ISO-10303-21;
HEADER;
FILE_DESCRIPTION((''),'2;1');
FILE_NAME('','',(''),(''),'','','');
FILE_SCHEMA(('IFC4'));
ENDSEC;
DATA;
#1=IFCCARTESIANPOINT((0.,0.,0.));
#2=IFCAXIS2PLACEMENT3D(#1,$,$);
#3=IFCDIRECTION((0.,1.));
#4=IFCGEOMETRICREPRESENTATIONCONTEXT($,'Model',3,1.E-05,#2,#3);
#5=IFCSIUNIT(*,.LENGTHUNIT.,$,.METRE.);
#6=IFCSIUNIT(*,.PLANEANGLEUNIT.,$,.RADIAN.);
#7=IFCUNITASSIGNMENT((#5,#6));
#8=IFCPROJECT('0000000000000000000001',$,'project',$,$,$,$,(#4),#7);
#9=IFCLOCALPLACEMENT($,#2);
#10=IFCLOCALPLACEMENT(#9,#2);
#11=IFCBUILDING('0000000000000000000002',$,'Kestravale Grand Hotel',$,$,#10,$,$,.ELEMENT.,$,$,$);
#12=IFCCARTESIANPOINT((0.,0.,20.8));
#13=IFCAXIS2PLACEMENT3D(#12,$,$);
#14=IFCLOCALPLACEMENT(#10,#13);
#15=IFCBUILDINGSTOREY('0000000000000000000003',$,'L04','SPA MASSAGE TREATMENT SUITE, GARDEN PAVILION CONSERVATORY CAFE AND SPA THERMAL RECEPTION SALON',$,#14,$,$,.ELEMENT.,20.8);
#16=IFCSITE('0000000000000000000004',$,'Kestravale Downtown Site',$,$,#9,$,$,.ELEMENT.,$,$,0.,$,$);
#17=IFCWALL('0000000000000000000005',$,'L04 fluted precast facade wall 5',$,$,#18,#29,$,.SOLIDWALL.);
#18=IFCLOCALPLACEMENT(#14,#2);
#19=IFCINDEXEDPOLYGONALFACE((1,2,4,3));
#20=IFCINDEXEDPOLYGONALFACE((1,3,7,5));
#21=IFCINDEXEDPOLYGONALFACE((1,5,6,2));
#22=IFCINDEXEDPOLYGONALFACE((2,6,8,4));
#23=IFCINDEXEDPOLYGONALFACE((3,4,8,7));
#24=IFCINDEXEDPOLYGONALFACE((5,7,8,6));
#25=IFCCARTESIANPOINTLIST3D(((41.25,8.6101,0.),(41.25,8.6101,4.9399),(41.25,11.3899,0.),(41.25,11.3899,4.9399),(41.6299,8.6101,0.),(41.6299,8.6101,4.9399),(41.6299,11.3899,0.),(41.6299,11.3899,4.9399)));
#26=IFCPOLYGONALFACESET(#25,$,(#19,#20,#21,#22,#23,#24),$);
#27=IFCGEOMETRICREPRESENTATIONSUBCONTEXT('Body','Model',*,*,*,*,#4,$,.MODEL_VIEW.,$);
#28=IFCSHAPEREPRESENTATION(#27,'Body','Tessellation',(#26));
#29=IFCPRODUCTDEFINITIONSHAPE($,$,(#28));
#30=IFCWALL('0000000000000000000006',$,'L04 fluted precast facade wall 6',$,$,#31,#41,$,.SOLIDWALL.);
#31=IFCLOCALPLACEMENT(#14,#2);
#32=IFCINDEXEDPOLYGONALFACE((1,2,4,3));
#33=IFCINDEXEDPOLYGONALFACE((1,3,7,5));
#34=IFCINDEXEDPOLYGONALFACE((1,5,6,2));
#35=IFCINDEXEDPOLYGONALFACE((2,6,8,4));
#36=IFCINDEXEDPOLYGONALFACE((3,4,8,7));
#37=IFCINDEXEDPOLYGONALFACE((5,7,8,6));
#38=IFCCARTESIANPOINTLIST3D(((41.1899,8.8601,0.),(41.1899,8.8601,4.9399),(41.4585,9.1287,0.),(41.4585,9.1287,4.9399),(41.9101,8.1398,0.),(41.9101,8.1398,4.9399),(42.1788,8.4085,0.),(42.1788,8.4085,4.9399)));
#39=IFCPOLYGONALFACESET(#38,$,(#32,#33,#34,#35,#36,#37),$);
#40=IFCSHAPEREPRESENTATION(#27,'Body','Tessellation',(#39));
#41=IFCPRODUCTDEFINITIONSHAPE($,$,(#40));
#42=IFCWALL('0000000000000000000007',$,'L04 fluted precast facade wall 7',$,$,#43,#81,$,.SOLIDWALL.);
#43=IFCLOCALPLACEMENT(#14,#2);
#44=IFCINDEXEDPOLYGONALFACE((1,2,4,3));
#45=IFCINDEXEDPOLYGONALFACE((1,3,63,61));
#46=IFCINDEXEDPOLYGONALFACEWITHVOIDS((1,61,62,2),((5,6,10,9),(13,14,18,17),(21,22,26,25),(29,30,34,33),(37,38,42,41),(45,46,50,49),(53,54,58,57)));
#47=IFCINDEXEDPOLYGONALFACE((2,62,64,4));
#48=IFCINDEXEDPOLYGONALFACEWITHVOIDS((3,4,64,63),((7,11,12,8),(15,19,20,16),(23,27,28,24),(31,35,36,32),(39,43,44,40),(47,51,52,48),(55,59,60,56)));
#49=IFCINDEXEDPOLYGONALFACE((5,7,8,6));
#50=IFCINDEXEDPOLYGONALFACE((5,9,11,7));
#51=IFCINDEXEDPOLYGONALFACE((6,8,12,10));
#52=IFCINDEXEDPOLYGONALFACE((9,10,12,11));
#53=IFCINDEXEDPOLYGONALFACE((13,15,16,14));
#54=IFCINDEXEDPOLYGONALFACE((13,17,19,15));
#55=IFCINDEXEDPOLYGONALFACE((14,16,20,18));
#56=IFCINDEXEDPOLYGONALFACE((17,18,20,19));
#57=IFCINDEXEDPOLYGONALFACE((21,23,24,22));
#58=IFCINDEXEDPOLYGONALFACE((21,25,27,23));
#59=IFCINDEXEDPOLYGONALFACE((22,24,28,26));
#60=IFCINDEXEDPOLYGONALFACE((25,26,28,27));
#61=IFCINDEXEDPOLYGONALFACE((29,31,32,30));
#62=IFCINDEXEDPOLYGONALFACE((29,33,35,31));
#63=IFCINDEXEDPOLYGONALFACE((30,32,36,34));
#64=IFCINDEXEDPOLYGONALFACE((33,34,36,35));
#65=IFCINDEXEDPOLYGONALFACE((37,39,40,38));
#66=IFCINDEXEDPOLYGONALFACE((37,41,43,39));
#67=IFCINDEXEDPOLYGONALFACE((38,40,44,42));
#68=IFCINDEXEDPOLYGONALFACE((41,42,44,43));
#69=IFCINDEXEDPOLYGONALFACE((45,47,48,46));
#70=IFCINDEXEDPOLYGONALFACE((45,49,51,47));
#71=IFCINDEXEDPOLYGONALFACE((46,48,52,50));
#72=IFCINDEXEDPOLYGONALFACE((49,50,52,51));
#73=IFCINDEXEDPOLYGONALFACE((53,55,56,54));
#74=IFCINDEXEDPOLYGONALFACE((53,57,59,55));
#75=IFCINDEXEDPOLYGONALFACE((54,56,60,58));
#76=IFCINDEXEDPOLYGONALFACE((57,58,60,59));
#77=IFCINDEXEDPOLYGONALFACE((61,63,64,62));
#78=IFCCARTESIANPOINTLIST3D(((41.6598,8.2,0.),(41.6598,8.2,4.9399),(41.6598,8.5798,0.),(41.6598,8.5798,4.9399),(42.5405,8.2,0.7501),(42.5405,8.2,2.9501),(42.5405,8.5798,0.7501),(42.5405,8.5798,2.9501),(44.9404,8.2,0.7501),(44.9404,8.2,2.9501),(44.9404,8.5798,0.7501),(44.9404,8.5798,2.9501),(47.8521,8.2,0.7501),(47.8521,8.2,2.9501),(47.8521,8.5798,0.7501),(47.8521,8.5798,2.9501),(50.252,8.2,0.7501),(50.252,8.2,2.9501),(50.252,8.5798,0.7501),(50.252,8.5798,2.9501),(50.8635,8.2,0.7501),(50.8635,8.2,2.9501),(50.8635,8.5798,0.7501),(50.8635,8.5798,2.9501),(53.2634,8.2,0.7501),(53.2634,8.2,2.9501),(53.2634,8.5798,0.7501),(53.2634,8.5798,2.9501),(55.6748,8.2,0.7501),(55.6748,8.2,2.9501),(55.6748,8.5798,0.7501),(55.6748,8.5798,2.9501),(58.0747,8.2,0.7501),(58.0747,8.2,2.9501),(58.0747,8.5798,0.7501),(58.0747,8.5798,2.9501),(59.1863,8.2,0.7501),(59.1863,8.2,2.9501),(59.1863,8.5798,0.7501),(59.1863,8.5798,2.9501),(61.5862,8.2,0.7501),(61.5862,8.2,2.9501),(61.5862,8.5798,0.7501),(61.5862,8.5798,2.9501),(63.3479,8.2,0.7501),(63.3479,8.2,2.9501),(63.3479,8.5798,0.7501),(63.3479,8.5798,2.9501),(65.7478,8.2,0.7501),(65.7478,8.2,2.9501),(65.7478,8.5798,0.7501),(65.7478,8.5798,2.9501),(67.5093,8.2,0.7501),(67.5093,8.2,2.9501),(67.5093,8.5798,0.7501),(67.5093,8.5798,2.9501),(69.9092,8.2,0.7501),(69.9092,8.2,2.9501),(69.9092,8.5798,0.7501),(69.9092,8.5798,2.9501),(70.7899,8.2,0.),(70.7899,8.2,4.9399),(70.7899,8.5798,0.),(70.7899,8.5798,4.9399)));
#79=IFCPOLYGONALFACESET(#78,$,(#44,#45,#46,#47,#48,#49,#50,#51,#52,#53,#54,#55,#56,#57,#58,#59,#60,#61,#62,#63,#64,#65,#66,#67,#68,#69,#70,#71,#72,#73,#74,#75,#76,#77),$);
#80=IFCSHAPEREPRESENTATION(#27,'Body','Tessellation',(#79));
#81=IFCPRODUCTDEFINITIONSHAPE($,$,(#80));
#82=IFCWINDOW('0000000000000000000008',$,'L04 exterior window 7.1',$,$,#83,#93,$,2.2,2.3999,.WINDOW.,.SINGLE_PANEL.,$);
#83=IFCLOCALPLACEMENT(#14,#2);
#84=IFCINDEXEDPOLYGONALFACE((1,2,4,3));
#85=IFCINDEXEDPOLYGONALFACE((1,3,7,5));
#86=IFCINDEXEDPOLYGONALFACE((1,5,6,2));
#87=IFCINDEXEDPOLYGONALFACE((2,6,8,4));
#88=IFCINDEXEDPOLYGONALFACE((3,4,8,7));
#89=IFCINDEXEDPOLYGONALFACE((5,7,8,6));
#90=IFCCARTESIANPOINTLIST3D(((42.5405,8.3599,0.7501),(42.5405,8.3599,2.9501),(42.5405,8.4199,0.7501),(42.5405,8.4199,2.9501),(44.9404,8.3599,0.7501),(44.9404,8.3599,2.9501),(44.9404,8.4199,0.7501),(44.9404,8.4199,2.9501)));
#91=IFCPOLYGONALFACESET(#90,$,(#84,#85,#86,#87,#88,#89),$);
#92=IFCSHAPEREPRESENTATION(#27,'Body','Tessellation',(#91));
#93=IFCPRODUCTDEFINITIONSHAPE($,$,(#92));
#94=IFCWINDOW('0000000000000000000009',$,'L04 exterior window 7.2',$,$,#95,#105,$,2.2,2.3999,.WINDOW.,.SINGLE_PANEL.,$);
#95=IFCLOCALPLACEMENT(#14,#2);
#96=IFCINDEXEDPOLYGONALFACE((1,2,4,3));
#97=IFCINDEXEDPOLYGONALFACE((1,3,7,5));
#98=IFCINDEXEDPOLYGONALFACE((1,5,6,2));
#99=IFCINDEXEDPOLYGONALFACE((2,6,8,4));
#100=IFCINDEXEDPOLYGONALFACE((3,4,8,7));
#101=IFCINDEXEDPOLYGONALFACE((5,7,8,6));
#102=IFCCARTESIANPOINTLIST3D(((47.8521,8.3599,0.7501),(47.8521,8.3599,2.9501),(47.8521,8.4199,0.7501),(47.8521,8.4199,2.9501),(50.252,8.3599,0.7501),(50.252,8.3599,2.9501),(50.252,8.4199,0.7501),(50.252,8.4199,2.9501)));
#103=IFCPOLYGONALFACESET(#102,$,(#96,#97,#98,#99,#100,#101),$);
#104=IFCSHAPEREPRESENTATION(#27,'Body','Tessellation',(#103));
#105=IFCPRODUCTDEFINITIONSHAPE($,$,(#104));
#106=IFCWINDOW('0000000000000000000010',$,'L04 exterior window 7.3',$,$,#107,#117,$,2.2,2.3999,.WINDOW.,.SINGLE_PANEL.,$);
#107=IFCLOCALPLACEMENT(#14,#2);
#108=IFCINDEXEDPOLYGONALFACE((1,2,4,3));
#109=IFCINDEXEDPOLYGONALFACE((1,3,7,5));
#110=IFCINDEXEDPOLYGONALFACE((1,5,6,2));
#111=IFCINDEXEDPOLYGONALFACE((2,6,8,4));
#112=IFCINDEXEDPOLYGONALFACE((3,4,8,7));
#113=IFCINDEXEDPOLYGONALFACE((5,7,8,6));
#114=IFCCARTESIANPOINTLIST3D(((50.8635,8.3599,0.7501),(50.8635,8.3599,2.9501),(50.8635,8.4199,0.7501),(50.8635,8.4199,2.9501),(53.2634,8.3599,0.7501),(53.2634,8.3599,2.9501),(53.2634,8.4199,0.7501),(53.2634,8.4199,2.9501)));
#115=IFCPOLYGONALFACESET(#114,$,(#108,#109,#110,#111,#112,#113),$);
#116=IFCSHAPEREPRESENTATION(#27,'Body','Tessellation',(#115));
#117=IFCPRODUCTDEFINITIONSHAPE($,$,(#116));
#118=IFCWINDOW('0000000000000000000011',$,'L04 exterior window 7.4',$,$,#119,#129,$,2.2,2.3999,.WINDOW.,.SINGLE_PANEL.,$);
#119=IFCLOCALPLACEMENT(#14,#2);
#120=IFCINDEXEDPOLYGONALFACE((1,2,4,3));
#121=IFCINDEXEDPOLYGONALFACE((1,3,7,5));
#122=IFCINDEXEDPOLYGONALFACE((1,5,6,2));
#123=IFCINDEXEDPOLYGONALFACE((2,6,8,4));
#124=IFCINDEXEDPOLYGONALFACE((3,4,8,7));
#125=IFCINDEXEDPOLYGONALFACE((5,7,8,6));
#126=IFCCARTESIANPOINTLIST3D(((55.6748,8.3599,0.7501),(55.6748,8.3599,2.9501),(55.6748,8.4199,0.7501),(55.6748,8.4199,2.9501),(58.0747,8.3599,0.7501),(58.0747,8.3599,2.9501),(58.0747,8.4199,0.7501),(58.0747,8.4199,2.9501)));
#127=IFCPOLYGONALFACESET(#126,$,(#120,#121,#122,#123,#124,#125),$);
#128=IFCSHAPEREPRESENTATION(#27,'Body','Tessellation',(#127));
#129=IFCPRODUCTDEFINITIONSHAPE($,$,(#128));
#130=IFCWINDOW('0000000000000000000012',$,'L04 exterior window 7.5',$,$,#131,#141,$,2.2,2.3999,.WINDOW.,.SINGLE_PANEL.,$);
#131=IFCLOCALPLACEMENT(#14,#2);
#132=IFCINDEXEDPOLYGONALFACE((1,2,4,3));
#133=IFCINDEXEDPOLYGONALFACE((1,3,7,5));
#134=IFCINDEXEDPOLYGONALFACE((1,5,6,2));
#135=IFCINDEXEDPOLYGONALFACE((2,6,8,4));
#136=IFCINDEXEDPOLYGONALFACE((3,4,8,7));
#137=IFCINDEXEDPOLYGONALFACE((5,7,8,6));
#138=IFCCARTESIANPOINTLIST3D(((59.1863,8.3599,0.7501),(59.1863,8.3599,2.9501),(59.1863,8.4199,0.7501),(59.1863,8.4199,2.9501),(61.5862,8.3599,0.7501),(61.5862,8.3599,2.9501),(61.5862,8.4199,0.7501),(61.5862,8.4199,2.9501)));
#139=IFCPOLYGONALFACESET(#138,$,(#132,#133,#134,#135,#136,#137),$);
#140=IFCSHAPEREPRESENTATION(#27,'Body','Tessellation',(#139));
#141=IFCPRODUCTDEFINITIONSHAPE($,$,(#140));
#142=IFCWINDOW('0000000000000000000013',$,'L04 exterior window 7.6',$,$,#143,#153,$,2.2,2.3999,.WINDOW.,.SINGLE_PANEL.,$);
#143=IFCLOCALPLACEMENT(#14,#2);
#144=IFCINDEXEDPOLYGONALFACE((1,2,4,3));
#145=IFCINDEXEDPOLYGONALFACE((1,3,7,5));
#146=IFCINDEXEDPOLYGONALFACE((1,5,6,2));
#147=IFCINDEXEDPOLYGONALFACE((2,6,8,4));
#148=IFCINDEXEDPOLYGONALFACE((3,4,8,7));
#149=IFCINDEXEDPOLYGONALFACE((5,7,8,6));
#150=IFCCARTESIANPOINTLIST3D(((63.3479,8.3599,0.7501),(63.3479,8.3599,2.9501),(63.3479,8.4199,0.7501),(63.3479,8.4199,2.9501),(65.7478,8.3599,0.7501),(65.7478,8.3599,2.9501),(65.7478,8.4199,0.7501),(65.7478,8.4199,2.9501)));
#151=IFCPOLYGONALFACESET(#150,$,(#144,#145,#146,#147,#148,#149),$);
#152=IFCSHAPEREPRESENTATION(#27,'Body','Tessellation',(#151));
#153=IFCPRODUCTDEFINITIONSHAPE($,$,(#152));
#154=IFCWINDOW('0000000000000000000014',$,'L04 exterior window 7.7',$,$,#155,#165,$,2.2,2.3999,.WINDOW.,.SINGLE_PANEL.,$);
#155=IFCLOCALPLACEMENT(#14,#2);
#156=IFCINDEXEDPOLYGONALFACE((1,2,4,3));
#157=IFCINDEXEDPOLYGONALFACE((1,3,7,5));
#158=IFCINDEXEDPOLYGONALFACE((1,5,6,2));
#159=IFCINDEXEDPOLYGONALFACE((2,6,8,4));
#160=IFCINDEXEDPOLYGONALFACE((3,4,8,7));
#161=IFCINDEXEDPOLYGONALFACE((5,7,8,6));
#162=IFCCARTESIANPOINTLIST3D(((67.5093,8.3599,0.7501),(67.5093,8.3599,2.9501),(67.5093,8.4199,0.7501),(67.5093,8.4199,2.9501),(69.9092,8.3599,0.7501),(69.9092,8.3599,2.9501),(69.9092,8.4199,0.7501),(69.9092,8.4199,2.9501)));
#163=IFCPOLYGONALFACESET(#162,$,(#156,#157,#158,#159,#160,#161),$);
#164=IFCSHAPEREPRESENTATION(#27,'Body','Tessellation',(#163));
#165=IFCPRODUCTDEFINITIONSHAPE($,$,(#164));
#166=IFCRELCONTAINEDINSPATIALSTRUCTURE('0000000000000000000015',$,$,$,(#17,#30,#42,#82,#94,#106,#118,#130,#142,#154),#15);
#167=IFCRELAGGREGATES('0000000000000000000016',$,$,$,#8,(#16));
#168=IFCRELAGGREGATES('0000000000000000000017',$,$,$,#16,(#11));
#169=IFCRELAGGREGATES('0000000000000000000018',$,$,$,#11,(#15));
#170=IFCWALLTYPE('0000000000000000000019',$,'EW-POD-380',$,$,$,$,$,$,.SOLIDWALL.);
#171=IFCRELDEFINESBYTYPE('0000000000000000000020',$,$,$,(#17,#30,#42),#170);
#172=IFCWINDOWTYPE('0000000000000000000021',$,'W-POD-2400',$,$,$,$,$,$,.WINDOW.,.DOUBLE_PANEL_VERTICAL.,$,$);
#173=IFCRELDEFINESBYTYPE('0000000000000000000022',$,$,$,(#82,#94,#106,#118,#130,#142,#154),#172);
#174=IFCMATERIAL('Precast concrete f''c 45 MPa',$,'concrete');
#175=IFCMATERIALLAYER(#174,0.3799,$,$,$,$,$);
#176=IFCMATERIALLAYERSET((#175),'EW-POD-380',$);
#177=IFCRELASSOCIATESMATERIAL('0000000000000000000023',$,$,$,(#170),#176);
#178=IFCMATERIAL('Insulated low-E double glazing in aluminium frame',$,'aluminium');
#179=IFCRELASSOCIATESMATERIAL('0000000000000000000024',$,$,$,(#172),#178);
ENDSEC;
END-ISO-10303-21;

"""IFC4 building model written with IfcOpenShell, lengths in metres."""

from ifc_helpers import new_model, si_unit, direction, frame, frame_2d, origin, place, context, subcontext, project, spatial, rectangle, extrude, material, layer, layer_set, type_object, element, fill, save


model = new_model("IFC4")

# Units and contexts
model_context = context("Model", 3, precision=1e-05, world=origin(), true_north=direction((0.0, 1.0)))
body_context = subcontext(model_context, "Body", "Model", "MODEL_VIEW")
ifc_project = project(units=[si_unit("LENGTHUNIT", "METRE"), si_unit("PLANEANGLEUNIT", "RADIAN")], contexts=[model_context])

# Site, building, storey
site_placement = place(None, origin())
site = spatial("IfcSite", under=ifc_project, at=site_placement, Name="Kestravale Downtown Site", CompositionType="ELEMENT", RefElevation=0.0)
building_placement = place(site_placement, origin())
building = spatial("IfcBuilding", under=site, at=building_placement, Name="Kestravale Grand Hotel", CompositionType="ELEMENT")
storey_placement = place(building_placement, frame((0.0, 0.0, 20.8)))
storey = spatial("IfcBuildingStorey", under=building, at=storey_placement, Name="L04", Description="SPA MASSAGE TREATMENT SUITE, GARDEN PAVILION CONSERVATORY CAFE AND SPA THERMAL RECEPTION SALON", CompositionType="ELEMENT", Elevation=20.8)

# Shared definitions
ifc_material_1 = material(Name="Precast concrete f'c 45 MPa", Category="concrete")
ifc_layer_1 = layer(ifc_material_1, 0.3799)
ifc_layer_set_1 = layer_set([ifc_layer_1], Name="EW-POD-380")
wall_type_1 = type_object("IfcWallType", Name="EW-POD-380", PredefinedType="SOLIDWALL", material=ifc_layer_set_1)

# Walls
wall_1_placement = place(storey_placement, frame((41.4399, 11.3899, 0.0), z_axis=(0.0, 0.0, 1.0), x_axis=(0.0, -1.0, 0.0)))
element("IfcWall", 1, at=wall_1_placement, inside=storey, type_object=wall_type_1, Name="L04 fluted precast facade wall 5", PredefinedType="SOLIDWALL", context=body_context, shape_type="SweptSolid", body=[
    extrude(rectangle(XDim=2.7798, YDim=0.3799, at=frame_2d((1.3899, 0.0))), origin(), (0.0, 0.0, 1.0), 4.9399),
])
wall_2_placement = place(storey_placement, frame((41.3242, 8.9944, 0.0), z_axis=(0.0, 0.0, 1.0), x_axis=(0.707107, -0.707107, 0.0)))
element("IfcWall", 2, at=wall_2_placement, inside=storey, type_object=wall_type_1, Name="L04 fluted precast facade wall 6", PredefinedType="SOLIDWALL", context=body_context, shape_type="SweptSolid", body=[
    extrude(rectangle(XDim=1.0186, YDim=0.3799, at=frame_2d((0.5093, 0.0))), origin(), (0.0, 0.0, 1.0), 4.9399),
])

# Wall, openings, windows
wall_3_placement = place(storey_placement, frame((41.6599, 8.3899, 0.0), z_axis=(0.0, 0.0, 1.0), x_axis=(1.0, 0.0, 0.0)))
wall_3 = element("IfcWall", 3, at=wall_3_placement, inside=storey, type_object=wall_type_1, Name="L04 fluted precast facade wall 7", PredefinedType="SOLIDWALL", context=body_context, shape_type="SweptSolid", body=[
    extrude(rectangle(XDim=29.1301, YDim=0.3799, at=frame_2d((14.5649, 0.0))), origin(), (0.0, 0.0, 1.0), 4.9399),
])
opening_1_placement = place(wall_3_placement, frame((0.8806, 0.0, 0.75)))
opening_1 = element("IfcOpeningElement", 4, at=opening_1_placement, cuts=wall_3, PredefinedType="OPENING", context=body_context, shape_type="SweptSolid", body=[
    extrude(rectangle(XDim=2.3999, YDim=2.2, at=frame_2d((1.2, 1.1001))), frame((0.0, 0.2, 0.0), z_axis=(0.0, -1.0, 0.0), x_axis=(1.0, 0.0, 0.0)), (0.0, 0.0, 1.0), 0.3999),
])
opening_2_placement = place(wall_3_placement, frame((6.1921, 0.0, 0.75)))
opening_2 = element("IfcOpeningElement", 5, at=opening_2_placement, cuts=wall_3, PredefinedType="OPENING", context=body_context, shape_type="SweptSolid", body=[
    extrude(rectangle(XDim=2.3999, YDim=2.2, at=frame_2d((1.2, 1.1001))), frame((0.0, 0.2, 0.0), z_axis=(0.0, -1.0, 0.0), x_axis=(1.0, 0.0, 0.0)), (0.0, 0.0, 1.0), 0.3999),
])
opening_3_placement = place(wall_3_placement, frame((9.2036, 0.0, 0.75)))
opening_3 = element("IfcOpeningElement", 6, at=opening_3_placement, cuts=wall_3, PredefinedType="OPENING", context=body_context, shape_type="SweptSolid", body=[
    extrude(rectangle(XDim=2.3999, YDim=2.2, at=frame_2d((1.2, 1.1001))), frame((0.0, 0.2, 0.0), z_axis=(0.0, -1.0, 0.0), x_axis=(1.0, 0.0, 0.0)), (0.0, 0.0, 1.0), 0.3999),
])
opening_4_placement = place(wall_3_placement, frame((14.0149, 0.0, 0.75)))
opening_4 = element("IfcOpeningElement", 7, at=opening_4_placement, cuts=wall_3, PredefinedType="OPENING", context=body_context, shape_type="SweptSolid", body=[
    extrude(rectangle(XDim=2.3999, YDim=2.2, at=frame_2d((1.2, 1.1001))), frame((0.0, 0.2, 0.0), z_axis=(0.0, -1.0, 0.0), x_axis=(1.0, 0.0, 0.0)), (0.0, 0.0, 1.0), 0.3999),
])
opening_5_placement = place(wall_3_placement, frame((17.5264, 0.0, 0.75)))
opening_5 = element("IfcOpeningElement", 8, at=opening_5_placement, cuts=wall_3, PredefinedType="OPENING", context=body_context, shape_type="SweptSolid", body=[
    extrude(rectangle(XDim=2.3999, YDim=2.2, at=frame_2d((1.2, 1.1001))), frame((0.0, 0.2, 0.0), z_axis=(0.0, -1.0, 0.0), x_axis=(1.0, 0.0, 0.0)), (0.0, 0.0, 1.0), 0.3999),
])
opening_6_placement = place(wall_3_placement, frame((21.688, 0.0, 0.75)))
opening_6 = element("IfcOpeningElement", 9, at=opening_6_placement, cuts=wall_3, PredefinedType="OPENING", context=body_context, shape_type="SweptSolid", body=[
    extrude(rectangle(XDim=2.3999, YDim=2.2, at=frame_2d((1.2, 1.1001))), frame((0.0, 0.2, 0.0), z_axis=(0.0, -1.0, 0.0), x_axis=(1.0, 0.0, 0.0)), (0.0, 0.0, 1.0), 0.3999),
])
opening_7_placement = place(wall_3_placement, frame((25.8494, 0.0, 0.75)))
opening_7 = element("IfcOpeningElement", 10, at=opening_7_placement, cuts=wall_3, PredefinedType="OPENING", context=body_context, shape_type="SweptSolid", body=[
    extrude(rectangle(XDim=2.3999, YDim=2.2, at=frame_2d((1.2, 1.1001))), frame((0.0, 0.2, 0.0), z_axis=(0.0, -1.0, 0.0), x_axis=(1.0, 0.0, 0.0)), (0.0, 0.0, 1.0), 0.3999),
])
ifc_material_2 = material(Name="Insulated low-E double glazing in aluminium frame", Category="aluminium")
window_type_1 = type_object("IfcWindowType", Name="W-POD-2400", PartitioningType="DOUBLE_PANEL_VERTICAL", PredefinedType="WINDOW", material=ifc_material_2)
window_1_placement = place(opening_1_placement, origin())
window_1 = element("IfcWindow", 11, at=window_1_placement, inside=storey, type_object=window_type_1, Name="L04 exterior window 7.1", OverallHeight=2.2, OverallWidth=2.3999, PartitioningType="SINGLE_PANEL", PredefinedType="WINDOW", context=body_context, shape_type="SweptSolid", body=[
    extrude(rectangle(XDim=2.3999, YDim=2.2, at=frame_2d((1.2, 1.1001))), frame((0.0, 0.03, 0.0), z_axis=(0.0, -1.0, 0.0), x_axis=(1.0, 0.0, 0.0)), (0.0, 0.0, 1.0), 0.0601),
])
fill(opening_1, window_1)
window_2_placement = place(opening_2_placement, origin())
window_2 = element("IfcWindow", 12, at=window_2_placement, inside=storey, type_object=window_type_1, Name="L04 exterior window 7.2", OverallHeight=2.2, OverallWidth=2.3999, PartitioningType="SINGLE_PANEL", PredefinedType="WINDOW", context=body_context, shape_type="SweptSolid", body=[
    extrude(rectangle(XDim=2.3999, YDim=2.2, at=frame_2d((1.2, 1.1001))), frame((0.0, 0.03, 0.0), z_axis=(0.0, -1.0, 0.0), x_axis=(1.0, 0.0, 0.0)), (0.0, 0.0, 1.0), 0.0601),
])
fill(opening_2, window_2)
window_3_placement = place(opening_3_placement, origin())
window_3 = element("IfcWindow", 13, at=window_3_placement, inside=storey, type_object=window_type_1, Name="L04 exterior window 7.3", OverallHeight=2.2, OverallWidth=2.3999, PartitioningType="SINGLE_PANEL", PredefinedType="WINDOW", context=body_context, shape_type="SweptSolid", body=[
    extrude(rectangle(XDim=2.3999, YDim=2.2, at=frame_2d((1.2, 1.1001))), frame((0.0, 0.03, 0.0), z_axis=(0.0, -1.0, 0.0), x_axis=(1.0, 0.0, 0.0)), (0.0, 0.0, 1.0), 0.0601),
])
fill(opening_3, window_3)
window_4_placement = place(opening_4_placement, origin())
window_4 = element("IfcWindow", 14, at=window_4_placement, inside=storey, type_object=window_type_1, Name="L04 exterior window 7.4", OverallHeight=2.2, OverallWidth=2.3999, PartitioningType="SINGLE_PANEL", PredefinedType="WINDOW", context=body_context, shape_type="SweptSolid", body=[
    extrude(rectangle(XDim=2.3999, YDim=2.2, at=frame_2d((1.2, 1.1001))), frame((0.0, 0.03, 0.0), z_axis=(0.0, -1.0, 0.0), x_axis=(1.0, 0.0, 0.0)), (0.0, 0.0, 1.0), 0.0601),
])
fill(opening_4, window_4)
window_5_placement = place(opening_5_placement, origin())
window_5 = element("IfcWindow", 15, at=window_5_placement, inside=storey, type_object=window_type_1, Name="L04 exterior window 7.5", OverallHeight=2.2, OverallWidth=2.3999, PartitioningType="SINGLE_PANEL", PredefinedType="WINDOW", context=body_context, shape_type="SweptSolid", body=[
    extrude(rectangle(XDim=2.3999, YDim=2.2, at=frame_2d((1.2, 1.1001))), frame((0.0, 0.03, 0.0), z_axis=(0.0, -1.0, 0.0), x_axis=(1.0, 0.0, 0.0)), (0.0, 0.0, 1.0), 0.0601),
])
fill(opening_5, window_5)
window_6_placement = place(opening_6_placement, origin())
window_6 = element("IfcWindow", 16, at=window_6_placement, inside=storey, type_object=window_type_1, Name="L04 exterior window 7.6", OverallHeight=2.2, OverallWidth=2.3999, PartitioningType="SINGLE_PANEL", PredefinedType="WINDOW", context=body_context, shape_type="SweptSolid", body=[
    extrude(rectangle(XDim=2.3999, YDim=2.2, at=frame_2d((1.2, 1.1001))), frame((0.0, 0.03, 0.0), z_axis=(0.0, -1.0, 0.0), x_axis=(1.0, 0.0, 0.0)), (0.0, 0.0, 1.0), 0.0601),
])
fill(opening_6, window_6)
window_7_placement = place(opening_7_placement, origin())
window_7 = element("IfcWindow", 17, at=window_7_placement, inside=storey, type_object=window_type_1, Name="L04 exterior window 7.7", OverallHeight=2.2, OverallWidth=2.3999, PartitioningType="SINGLE_PANEL", PredefinedType="WINDOW", context=body_context, shape_type="SweptSolid", body=[
    extrude(rectangle(XDim=2.3999, YDim=2.2, at=frame_2d((1.2, 1.1001))), frame((0.0, 0.03, 0.0), z_axis=(0.0, -1.0, 0.0), x_axis=(1.0, 0.0, 0.0)), (0.0, 0.0, 1.0), 0.0601),
])
fill(opening_7, window_7)

save(model, "model.ifc")
